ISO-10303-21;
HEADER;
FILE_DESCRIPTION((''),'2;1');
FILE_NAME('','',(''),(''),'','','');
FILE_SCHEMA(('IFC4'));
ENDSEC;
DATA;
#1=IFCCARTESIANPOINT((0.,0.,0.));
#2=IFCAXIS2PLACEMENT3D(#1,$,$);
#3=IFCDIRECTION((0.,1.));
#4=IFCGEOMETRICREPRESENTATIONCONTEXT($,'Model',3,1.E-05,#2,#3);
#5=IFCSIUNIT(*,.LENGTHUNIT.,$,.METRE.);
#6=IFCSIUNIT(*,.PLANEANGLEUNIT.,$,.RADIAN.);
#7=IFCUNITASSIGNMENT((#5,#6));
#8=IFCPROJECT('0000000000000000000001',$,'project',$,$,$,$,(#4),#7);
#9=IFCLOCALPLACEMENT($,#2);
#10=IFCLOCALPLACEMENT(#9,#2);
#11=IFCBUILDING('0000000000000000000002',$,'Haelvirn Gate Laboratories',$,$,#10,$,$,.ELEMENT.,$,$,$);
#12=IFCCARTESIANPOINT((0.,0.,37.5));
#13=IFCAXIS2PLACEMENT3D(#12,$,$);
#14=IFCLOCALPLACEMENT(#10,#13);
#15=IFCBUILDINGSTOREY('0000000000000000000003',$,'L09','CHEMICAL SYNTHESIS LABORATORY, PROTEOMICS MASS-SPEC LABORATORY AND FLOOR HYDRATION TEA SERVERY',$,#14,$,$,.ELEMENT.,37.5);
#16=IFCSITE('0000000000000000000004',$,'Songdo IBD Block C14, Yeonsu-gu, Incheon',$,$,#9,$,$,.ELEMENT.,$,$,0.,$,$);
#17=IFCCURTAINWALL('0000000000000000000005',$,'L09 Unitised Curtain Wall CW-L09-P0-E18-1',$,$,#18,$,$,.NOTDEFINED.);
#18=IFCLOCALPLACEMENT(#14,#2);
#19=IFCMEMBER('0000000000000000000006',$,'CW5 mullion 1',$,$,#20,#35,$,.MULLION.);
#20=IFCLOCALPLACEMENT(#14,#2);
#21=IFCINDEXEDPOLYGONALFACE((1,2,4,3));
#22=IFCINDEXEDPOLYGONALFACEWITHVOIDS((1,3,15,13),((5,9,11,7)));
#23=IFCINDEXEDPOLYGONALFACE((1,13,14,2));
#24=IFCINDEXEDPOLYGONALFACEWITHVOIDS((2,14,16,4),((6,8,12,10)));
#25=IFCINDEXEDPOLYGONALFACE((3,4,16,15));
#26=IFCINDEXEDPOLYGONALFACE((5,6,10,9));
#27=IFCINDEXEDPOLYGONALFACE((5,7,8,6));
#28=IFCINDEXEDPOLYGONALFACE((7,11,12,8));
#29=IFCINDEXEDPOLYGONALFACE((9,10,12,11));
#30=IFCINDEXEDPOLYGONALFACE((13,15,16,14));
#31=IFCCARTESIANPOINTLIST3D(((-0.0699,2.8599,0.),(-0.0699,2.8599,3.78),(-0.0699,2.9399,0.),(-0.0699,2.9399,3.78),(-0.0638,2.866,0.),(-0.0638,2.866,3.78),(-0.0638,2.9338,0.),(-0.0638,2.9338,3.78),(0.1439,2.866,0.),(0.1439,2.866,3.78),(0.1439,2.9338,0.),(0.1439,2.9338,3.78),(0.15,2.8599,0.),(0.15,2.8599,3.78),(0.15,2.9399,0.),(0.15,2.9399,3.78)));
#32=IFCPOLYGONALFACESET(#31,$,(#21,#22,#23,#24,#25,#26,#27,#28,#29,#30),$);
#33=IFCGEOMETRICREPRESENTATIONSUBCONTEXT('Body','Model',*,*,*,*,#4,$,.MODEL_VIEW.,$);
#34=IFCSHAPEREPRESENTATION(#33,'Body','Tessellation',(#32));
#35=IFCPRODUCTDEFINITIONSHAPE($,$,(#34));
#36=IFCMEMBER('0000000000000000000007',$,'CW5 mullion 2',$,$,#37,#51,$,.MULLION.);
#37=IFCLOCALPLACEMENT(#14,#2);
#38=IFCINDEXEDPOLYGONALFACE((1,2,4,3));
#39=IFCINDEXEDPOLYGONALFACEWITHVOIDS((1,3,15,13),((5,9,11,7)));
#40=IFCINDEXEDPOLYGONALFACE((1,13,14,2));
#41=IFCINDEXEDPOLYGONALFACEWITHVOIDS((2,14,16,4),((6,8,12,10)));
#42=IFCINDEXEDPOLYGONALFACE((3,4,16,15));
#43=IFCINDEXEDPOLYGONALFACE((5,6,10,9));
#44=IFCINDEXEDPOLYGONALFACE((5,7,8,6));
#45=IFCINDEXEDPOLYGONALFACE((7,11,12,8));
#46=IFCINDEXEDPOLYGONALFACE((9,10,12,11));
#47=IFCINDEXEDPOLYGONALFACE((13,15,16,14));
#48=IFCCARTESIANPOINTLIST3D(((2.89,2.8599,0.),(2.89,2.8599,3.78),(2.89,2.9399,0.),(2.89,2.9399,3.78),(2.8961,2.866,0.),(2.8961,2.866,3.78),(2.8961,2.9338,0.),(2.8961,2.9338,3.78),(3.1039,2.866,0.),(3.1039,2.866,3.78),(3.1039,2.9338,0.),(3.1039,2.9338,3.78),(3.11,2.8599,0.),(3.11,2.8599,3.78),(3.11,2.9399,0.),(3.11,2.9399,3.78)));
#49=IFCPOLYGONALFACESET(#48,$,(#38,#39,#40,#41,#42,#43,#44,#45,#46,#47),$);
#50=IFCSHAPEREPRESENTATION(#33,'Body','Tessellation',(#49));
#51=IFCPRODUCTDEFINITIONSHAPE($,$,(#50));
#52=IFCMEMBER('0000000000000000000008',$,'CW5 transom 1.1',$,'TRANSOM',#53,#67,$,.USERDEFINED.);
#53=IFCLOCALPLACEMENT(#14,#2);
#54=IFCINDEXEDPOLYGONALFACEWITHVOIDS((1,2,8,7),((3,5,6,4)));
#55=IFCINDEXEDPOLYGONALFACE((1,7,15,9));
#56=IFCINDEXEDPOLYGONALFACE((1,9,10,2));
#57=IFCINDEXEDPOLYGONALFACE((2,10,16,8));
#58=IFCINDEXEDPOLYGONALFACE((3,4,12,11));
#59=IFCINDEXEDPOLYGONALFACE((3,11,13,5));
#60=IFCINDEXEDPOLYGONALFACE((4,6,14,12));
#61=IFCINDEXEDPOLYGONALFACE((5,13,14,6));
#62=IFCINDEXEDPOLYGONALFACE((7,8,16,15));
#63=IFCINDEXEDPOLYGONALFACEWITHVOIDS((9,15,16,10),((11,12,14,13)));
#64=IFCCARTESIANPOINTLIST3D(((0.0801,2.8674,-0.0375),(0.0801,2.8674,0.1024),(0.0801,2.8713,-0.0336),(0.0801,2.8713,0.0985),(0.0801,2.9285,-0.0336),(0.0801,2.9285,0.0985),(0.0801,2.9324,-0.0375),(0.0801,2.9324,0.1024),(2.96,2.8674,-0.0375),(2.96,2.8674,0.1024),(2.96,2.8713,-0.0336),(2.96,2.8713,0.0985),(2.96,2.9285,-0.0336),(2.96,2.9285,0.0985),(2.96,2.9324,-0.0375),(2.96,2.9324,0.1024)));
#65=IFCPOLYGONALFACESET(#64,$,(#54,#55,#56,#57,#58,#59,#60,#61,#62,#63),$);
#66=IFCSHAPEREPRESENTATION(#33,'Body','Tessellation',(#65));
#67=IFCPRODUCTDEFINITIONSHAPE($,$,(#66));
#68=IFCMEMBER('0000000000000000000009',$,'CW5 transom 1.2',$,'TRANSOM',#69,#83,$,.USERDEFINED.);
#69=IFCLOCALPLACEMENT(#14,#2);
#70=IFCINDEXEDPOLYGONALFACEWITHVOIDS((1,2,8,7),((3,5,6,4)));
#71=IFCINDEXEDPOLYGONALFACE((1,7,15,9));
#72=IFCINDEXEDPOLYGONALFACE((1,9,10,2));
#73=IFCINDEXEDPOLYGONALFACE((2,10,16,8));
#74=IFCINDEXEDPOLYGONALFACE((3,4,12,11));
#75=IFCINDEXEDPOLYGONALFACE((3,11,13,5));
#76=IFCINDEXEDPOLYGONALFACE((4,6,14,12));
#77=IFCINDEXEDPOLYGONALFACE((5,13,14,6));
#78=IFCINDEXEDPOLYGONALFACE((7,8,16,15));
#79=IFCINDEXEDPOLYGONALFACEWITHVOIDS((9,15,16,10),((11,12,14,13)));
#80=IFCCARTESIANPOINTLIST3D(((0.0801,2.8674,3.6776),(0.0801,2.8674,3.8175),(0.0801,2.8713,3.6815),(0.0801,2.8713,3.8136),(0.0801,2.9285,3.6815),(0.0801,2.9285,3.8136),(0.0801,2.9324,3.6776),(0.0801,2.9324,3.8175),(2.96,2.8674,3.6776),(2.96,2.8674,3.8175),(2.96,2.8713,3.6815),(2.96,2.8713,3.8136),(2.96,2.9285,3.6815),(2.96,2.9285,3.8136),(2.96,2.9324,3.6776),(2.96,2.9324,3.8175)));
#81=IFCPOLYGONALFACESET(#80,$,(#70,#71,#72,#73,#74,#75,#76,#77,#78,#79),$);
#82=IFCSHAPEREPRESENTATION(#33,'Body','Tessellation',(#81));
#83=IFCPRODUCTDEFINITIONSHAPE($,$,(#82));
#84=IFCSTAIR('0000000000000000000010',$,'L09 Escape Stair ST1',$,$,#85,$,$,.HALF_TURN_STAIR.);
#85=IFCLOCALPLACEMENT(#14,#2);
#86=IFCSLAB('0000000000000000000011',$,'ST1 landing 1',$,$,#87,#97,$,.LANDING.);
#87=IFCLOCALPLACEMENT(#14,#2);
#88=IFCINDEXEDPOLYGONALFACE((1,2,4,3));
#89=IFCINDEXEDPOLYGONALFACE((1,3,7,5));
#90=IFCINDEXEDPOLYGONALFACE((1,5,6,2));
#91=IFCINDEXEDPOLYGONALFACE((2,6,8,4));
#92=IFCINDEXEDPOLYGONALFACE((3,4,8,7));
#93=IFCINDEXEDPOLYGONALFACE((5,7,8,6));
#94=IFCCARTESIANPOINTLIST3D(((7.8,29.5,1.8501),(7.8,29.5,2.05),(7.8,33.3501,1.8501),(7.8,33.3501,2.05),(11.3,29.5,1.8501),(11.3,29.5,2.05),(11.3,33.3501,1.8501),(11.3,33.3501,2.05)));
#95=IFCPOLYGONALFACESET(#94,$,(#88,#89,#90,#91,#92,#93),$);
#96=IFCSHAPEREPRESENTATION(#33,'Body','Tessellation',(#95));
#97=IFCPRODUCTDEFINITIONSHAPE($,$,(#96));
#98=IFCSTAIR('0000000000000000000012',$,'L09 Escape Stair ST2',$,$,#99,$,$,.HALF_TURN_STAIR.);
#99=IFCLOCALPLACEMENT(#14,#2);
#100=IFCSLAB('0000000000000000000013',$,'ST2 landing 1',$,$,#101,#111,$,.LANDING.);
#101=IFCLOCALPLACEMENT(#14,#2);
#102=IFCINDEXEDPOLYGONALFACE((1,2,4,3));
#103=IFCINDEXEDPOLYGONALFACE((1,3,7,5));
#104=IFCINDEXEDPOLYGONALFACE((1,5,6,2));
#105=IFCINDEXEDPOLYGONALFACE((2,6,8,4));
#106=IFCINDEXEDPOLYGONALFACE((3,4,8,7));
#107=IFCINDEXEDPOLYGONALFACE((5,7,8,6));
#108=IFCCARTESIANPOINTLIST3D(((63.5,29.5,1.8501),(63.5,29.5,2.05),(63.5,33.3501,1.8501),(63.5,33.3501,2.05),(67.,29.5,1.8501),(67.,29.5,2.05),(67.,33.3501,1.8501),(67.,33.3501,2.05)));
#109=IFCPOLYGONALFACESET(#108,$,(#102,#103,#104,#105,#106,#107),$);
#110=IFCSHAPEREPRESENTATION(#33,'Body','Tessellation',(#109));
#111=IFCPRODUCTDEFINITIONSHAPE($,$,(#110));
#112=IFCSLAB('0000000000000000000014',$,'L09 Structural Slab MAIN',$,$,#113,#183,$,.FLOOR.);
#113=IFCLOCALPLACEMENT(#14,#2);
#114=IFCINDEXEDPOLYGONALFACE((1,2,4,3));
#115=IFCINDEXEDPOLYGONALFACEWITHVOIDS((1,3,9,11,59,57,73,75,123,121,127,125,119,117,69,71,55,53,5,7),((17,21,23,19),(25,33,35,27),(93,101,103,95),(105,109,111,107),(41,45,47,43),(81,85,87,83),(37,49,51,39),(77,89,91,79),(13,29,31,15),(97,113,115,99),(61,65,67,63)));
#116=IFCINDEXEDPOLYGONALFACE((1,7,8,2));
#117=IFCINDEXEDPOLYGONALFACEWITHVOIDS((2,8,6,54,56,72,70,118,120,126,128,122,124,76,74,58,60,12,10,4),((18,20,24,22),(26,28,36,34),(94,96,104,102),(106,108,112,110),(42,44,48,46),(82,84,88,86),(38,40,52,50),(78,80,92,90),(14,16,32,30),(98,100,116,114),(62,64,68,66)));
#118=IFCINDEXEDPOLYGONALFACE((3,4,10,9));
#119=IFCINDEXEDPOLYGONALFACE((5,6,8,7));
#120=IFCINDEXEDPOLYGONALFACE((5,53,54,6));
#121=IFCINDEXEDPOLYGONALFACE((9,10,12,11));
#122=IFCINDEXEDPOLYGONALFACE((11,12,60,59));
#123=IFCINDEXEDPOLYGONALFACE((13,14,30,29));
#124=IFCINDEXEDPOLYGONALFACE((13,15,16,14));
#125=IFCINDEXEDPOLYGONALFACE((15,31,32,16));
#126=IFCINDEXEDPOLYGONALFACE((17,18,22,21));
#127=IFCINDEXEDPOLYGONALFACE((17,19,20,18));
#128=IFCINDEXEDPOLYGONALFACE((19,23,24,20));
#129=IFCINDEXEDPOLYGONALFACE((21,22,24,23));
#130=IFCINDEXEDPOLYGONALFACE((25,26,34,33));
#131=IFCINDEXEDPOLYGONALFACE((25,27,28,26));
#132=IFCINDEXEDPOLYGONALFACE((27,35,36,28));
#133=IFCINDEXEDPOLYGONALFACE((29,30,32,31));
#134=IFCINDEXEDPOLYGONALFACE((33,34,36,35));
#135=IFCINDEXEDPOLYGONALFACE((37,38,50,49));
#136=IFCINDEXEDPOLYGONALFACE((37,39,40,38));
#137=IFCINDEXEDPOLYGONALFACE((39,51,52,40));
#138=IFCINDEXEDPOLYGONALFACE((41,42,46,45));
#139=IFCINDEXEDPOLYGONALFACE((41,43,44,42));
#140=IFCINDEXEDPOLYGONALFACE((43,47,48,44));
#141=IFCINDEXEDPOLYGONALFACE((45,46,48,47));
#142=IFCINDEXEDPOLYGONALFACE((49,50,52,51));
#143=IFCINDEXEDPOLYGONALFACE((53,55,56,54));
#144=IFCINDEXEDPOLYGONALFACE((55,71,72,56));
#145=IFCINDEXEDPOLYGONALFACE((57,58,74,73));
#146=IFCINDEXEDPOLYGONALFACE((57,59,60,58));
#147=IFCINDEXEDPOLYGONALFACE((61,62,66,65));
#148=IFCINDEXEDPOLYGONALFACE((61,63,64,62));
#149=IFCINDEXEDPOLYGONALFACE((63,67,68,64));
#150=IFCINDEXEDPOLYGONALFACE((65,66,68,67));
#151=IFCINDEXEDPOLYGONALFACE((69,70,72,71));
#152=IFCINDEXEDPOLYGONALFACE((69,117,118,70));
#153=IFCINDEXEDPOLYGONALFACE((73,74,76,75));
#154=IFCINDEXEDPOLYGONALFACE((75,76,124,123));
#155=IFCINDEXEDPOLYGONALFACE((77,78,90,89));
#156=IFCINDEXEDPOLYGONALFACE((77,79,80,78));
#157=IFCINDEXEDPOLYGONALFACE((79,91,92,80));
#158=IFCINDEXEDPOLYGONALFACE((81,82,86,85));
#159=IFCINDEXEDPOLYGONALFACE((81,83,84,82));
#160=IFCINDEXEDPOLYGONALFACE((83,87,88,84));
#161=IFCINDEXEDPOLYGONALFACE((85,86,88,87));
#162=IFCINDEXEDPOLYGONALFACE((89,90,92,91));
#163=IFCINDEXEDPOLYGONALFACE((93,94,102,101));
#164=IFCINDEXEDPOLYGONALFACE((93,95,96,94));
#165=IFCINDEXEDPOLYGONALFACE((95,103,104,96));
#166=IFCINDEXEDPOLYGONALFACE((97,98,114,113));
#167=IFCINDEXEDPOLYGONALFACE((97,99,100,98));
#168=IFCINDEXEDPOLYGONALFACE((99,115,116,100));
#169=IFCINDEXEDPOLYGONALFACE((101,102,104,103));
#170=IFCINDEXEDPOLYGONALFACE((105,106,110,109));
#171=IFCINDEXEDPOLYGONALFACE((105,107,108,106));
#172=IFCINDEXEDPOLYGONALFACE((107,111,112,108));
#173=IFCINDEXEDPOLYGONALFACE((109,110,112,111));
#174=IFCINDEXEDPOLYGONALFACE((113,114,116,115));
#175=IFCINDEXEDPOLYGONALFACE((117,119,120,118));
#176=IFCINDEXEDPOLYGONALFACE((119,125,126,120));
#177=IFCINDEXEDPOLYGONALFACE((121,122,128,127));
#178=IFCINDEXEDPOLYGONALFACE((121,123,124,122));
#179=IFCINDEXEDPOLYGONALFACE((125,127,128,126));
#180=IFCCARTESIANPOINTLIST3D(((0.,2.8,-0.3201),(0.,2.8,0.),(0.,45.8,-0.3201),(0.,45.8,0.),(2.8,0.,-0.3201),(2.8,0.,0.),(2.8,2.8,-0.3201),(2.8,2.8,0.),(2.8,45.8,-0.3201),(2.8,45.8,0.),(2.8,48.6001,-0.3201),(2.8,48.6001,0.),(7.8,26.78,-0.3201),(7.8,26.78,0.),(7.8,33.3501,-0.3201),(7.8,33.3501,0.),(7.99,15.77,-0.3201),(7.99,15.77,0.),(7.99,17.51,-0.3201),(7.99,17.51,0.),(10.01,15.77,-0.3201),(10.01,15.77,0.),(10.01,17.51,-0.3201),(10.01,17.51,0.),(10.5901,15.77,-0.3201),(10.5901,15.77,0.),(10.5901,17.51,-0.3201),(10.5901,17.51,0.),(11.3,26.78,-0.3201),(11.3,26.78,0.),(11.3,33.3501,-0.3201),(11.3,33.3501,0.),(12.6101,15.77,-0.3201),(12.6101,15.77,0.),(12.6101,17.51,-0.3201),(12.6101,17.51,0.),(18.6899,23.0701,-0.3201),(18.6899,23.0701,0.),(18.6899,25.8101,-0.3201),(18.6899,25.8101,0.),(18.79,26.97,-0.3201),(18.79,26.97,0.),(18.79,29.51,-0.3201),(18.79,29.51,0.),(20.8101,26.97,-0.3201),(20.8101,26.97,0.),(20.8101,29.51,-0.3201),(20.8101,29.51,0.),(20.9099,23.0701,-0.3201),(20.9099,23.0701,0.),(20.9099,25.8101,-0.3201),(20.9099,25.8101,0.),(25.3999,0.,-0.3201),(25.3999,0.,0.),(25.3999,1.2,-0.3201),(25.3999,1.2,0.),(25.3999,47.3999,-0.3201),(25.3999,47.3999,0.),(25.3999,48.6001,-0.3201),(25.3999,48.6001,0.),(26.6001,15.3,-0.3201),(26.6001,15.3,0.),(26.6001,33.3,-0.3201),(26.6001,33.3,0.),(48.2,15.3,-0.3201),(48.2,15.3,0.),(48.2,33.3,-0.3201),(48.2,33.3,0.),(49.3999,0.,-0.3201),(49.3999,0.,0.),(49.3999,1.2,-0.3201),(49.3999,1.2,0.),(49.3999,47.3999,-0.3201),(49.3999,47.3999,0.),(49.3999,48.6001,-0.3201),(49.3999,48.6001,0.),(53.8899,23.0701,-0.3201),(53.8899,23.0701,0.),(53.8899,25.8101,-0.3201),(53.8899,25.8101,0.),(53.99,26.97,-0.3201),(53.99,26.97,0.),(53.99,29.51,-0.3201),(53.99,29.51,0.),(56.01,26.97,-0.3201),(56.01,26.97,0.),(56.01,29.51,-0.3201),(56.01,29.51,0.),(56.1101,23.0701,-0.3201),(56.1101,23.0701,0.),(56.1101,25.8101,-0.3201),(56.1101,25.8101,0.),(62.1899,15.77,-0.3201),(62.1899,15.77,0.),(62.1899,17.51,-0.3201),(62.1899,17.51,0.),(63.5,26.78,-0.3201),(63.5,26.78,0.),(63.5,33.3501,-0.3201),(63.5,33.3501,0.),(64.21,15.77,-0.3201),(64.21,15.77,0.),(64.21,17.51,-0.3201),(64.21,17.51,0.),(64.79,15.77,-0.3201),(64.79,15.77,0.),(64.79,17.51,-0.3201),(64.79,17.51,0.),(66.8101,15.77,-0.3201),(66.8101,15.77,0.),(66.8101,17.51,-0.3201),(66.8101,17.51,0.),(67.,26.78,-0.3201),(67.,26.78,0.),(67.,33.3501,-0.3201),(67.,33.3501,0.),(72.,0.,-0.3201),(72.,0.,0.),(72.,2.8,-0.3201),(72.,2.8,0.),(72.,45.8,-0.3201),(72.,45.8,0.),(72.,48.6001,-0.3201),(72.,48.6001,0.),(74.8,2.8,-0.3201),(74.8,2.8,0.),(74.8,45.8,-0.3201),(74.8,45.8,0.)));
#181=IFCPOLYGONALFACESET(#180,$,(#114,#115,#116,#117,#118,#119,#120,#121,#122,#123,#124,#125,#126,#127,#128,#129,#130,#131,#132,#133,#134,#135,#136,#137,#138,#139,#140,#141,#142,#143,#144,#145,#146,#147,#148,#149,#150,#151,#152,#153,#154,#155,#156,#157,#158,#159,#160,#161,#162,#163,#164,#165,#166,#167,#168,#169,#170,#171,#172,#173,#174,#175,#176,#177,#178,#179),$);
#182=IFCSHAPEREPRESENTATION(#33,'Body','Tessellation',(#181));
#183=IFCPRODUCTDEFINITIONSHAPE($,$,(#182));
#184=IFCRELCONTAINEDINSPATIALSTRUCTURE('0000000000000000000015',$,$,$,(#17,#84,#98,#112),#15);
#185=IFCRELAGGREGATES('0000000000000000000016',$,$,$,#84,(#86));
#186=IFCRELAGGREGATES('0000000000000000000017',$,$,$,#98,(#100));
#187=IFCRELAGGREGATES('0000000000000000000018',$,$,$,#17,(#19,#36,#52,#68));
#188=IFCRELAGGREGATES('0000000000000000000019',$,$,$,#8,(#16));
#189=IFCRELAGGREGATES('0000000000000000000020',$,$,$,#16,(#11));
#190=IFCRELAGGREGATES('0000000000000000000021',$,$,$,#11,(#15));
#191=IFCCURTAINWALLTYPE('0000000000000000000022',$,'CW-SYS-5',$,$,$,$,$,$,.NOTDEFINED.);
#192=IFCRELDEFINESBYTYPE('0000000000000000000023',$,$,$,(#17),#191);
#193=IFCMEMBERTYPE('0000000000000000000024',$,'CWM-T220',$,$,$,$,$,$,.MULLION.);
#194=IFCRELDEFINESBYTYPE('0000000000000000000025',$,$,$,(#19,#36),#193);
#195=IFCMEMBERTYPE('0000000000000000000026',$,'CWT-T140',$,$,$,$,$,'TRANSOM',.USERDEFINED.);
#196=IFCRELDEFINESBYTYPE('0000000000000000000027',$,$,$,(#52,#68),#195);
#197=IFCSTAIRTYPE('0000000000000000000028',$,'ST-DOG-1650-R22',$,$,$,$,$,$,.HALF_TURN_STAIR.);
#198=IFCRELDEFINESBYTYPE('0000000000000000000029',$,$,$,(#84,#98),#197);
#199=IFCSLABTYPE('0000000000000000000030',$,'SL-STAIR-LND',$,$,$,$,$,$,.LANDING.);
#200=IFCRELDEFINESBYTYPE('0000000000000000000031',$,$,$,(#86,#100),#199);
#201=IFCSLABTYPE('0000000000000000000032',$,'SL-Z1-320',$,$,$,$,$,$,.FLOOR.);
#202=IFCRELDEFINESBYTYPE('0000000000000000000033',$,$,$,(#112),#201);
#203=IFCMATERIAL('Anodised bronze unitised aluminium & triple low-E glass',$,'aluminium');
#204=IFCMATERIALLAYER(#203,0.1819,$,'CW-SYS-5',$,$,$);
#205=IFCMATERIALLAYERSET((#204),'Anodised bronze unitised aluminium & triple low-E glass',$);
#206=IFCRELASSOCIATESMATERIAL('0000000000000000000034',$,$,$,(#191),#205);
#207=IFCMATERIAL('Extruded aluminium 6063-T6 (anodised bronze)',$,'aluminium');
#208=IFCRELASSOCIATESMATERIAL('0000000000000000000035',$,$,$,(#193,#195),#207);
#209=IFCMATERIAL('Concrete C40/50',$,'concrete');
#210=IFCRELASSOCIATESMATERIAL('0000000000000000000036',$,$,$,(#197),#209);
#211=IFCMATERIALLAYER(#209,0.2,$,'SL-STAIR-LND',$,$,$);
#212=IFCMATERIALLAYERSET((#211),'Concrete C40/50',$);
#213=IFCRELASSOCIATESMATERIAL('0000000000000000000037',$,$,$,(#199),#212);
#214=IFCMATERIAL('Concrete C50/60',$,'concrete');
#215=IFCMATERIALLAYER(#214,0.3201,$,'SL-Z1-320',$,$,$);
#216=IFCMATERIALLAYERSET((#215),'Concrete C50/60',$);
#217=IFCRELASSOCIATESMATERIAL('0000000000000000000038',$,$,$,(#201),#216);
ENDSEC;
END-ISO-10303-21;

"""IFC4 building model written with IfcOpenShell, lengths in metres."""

from ifc_helpers import new_model, si_unit, direction, frame, origin, origin_2d, place, context, subcontext, project, spatial, polyline, hollow_rectangle, outline, extrude, source, transform, mapped, material, layer, layer_set, material_profile, profile_set, type_object, type_shapes, element, aggregate, save


model = new_model("IFC4")

# Units and contexts
model_context = context("Model", 3, precision=1e-05, world=origin(), true_north=direction((0.0, 1.0)))
body_context = subcontext(model_context, "Body", "Model", "MODEL_VIEW")
ifc_project = project(units=[si_unit("LENGTHUNIT", "METRE"), si_unit("PLANEANGLEUNIT", "RADIAN")], contexts=[model_context])

# Site, building, storey
site_placement = place(None, origin())
site = spatial("IfcSite", under=ifc_project, at=site_placement, Name="Songdo IBD Block C14, Yeonsu-gu, Incheon", CompositionType="ELEMENT", RefElevation=0.0)
building_placement = place(site_placement, origin())
building = spatial("IfcBuilding", under=site, at=building_placement, Name="Haelvirn Gate Laboratories", CompositionType="ELEMENT")
storey_placement = place(building_placement, frame((0.0, 0.0, 37.5)))
storey = spatial("IfcBuildingStorey", under=building, at=storey_placement, Name="L09", Description="CHEMICAL SYNTHESIS LABORATORY, PROTEOMICS MASS-SPEC LABORATORY AND FLOOR HYDRATION TEA SERVERY", CompositionType="ELEMENT", Elevation=37.5)

# Shared definitions
ifc_material_1 = material(Name="Anodised bronze unitised aluminium & triple low-E glass", Category="aluminium")
ifc_material_2 = material(Name="Extruded aluminium 6063-T6 (anodised bronze)", Category="aluminium")

# Curtain wall, members
ifc_layer_1 = layer(ifc_material_1, 0.1819, Name="CW-SYS-5")
ifc_layer_set_1 = layer_set([ifc_layer_1], Name="Anodised bronze unitised aluminium & triple low-E glass")
curtain_wall_type_1 = type_object("IfcCurtainWallType", Name="CW-SYS-5", PredefinedType="NOTDEFINED", material=ifc_layer_set_1)
curtain_wall_1_placement = place(storey_placement, origin())
curtain_wall_1 = element("IfcCurtainWall", 1, at=curtain_wall_1_placement, inside=storey, type_object=curtain_wall_type_1, Name="L09 Unitised Curtain Wall CW-L09-P0-E18-1", PredefinedType="NOTDEFINED")
ifc_material_profile_1 = material_profile(ifc_material_2, hollow_rectangle(XDim=0.0801, YDim=0.22, WallThickness=0.0061, at=origin_2d()), Name="CWM-220x80x6")
ifc_profile_set_1 = profile_set([ifc_material_profile_1], Name="Extruded aluminium 6063-T6 (anodised bronze)")
member_type_1 = type_object("IfcMemberType", Name="CWM-T220", PredefinedType="MULLION", material=ifc_profile_set_1)
shared_shape_1 = source(origin(), body_context, "Body", "SweptSolid", [
    extrude(hollow_rectangle(XDim=0.0801, YDim=0.22, WallThickness=0.0061, at=origin_2d()), origin(), (0.0, 0.0, 1.0), 3.78),
])
type_shapes(member_type_1, [shared_shape_1])
member_1_placement = place(storey_placement, frame((0.04, 2.8999, 0.0), z_axis=(0.0, 0.0, 1.0), x_axis=(0.0, 1.0, 0.0)))
member_1 = element("IfcMember", 2, at=member_1_placement, type_object=member_type_1, Name="CW5 mullion 1", PredefinedType="MULLION", context=body_context, shape_type="MappedRepresentation", body=[
    mapped(shared_shape_1, transform((0.0, 0.0, 0.0), scale=1.0)),
])
member_2_placement = place(storey_placement, frame((3.0, 2.8999, 0.0), z_axis=(0.0, 0.0, 1.0), x_axis=(0.0, 1.0, 0.0)))
member_2 = element("IfcMember", 3, at=member_2_placement, type_object=member_type_1, Name="CW5 mullion 2", PredefinedType="MULLION", context=body_context, shape_type="MappedRepresentation", body=[
    mapped(shared_shape_1, transform((0.0, 0.0, 0.0), scale=1.0)),
])
ifc_material_profile_2 = material_profile(ifc_material_2, hollow_rectangle(XDim=0.0649, YDim=0.1399, WallThickness=0.0039, at=origin_2d()), Name="CWT-140x65x4")
ifc_profile_set_2 = profile_set([ifc_material_profile_2], Name="Extruded aluminium 6063-T6 (anodised bronze)")
member_type_2 = type_object("IfcMemberType", Name="CWT-T140", ElementType="TRANSOM", PredefinedType="USERDEFINED", material=ifc_profile_set_2)
shared_shape_2 = source(origin(), body_context, "Body", "SweptSolid", [
    extrude(hollow_rectangle(XDim=0.0649, YDim=0.1399, WallThickness=0.0039, at=origin_2d()), origin(), (0.0, 0.0, 1.0), 2.8799),
])
type_shapes(member_type_2, [shared_shape_2])
member_3_placement = place(storey_placement, frame((0.0801, 2.8999, 0.0325), z_axis=(1.0, 0.0, 0.0), x_axis=(0.0, 1.0, 0.0)))
member_3 = element("IfcMember", 4, at=member_3_placement, type_object=member_type_2, Name="CW5 transom 1.1", ObjectType="TRANSOM", PredefinedType="USERDEFINED", context=body_context, shape_type="MappedRepresentation", body=[
    mapped(shared_shape_2, transform((0.0, 0.0, 0.0), scale=1.0)),
])
member_4_placement = place(storey_placement, frame((0.0801, 2.8999, 3.7476), z_axis=(1.0, 0.0, 0.0), x_axis=(0.0, 1.0, 0.0)))
member_4 = element("IfcMember", 5, at=member_4_placement, type_object=member_type_2, Name="CW5 transom 1.2", ObjectType="TRANSOM", PredefinedType="USERDEFINED", context=body_context, shape_type="MappedRepresentation", body=[
    mapped(shared_shape_2, transform((0.0, 0.0, 0.0), scale=1.0)),
])

# Stairs, slabs
ifc_material_3 = material(Name="Concrete C40/50", Category="concrete")
stair_type = type_object("IfcStairType", Name="ST-DOG-1650-R22", PredefinedType="HALF_TURN_STAIR", material=ifc_material_3)
stair_1_placement = place(storey_placement, origin())
stair_1 = element("IfcStair", 6, at=stair_1_placement, inside=storey, type_object=stair_type, Name="L09 Escape Stair ST1", PredefinedType="HALF_TURN_STAIR")
ifc_layer_2 = layer(ifc_material_3, 0.2, Name="SL-STAIR-LND")
ifc_layer_set_2 = layer_set([ifc_layer_2], Name="Concrete C40/50")
slab_type_1 = type_object("IfcSlabType", Name="SL-STAIR-LND", PredefinedType="LANDING", material=ifc_layer_set_2)
slab_1_placement = place(storey_placement, frame((0.0, 0.0, 1.8501)))
slab_1 = element("IfcSlab", 7, at=slab_1_placement, type_object=slab_type_1, Name="ST1 landing 1", PredefinedType="LANDING", context=body_context, shape_type="SweptSolid", body=[
    extrude(outline(polyline([(11.3, 29.5), (11.3, 33.3501), (7.8, 33.3501), (7.8, 29.5), (11.3, 29.5)])), origin(), (0.0, 0.0, 1.0), 0.2),
])
aggregate(stair_1, [slab_1])
stair_2_placement = place(storey_placement, origin())
stair_2 = element("IfcStair", 8, at=stair_2_placement, inside=storey, type_object=stair_type, Name="L09 Escape Stair ST2", PredefinedType="HALF_TURN_STAIR")
slab_2_placement = place(storey_placement, frame((0.0, 0.0, 1.8501)))
slab_2 = element("IfcSlab", 9, at=slab_2_placement, type_object=slab_type_1, Name="ST2 landing 1", PredefinedType="LANDING", context=body_context, shape_type="SweptSolid", body=[
    extrude(outline(polyline([(67.0, 29.5), (67.0, 33.3501), (63.5, 33.3501), (63.5, 29.5), (67.0, 29.5)])), origin(), (0.0, 0.0, 1.0), 0.2),
])
aggregate(stair_2, [slab_2])

# Slab
ifc_material_4 = material(Name="Concrete C50/60", Category="concrete")
ifc_layer_3 = layer(ifc_material_4, 0.3201, Name="SL-Z1-320")
ifc_layer_set_3 = layer_set([ifc_layer_3], Name="Concrete C50/60")
slab_type_2 = type_object("IfcSlabType", Name="SL-Z1-320", PredefinedType="FLOOR", material=ifc_layer_set_3)
slab_3_placement = place(storey_placement, frame((0.0, 0.0, -0.3201)))
element("IfcSlab", 10, at=slab_3_placement, inside=storey, type_object=slab_type_2, Name="L09 Structural Slab MAIN", PredefinedType="FLOOR", context=body_context, shape_type="SweptSolid", body=[
    extrude(outline(polyline([(2.8, 0.0), (25.3999, 0.0), (25.3999, 1.2), (49.3999, 1.2), (49.3999, 0.0), (72.0, 0.0), (72.0, 2.8), (74.8, 2.8), (74.8, 45.8), (72.0, 45.8), (72.0, 48.6001), (49.3999, 48.6001), (49.3999, 47.3999), (25.3999, 47.3999), (25.3999, 48.6001), (2.8, 48.6001), (2.8, 45.8), (0.0, 45.8), (0.0, 2.8), (2.8, 2.8), (2.8, 0.0)]), holes=[polyline([(26.6001, 15.3), (48.2, 15.3), (48.2, 33.3), (26.6001, 33.3), (26.6001, 15.3)]), polyline([(11.3, 26.78), (11.3, 33.3501), (7.8, 33.3501), (7.8, 26.78), (11.3, 26.78)]), polyline([(67.0, 26.78), (67.0, 33.3501), (63.5, 33.3501), (63.5, 26.78), (67.0, 26.78)]), polyline([(7.99, 15.77), (10.01, 15.77), (10.01, 17.51), (7.99, 17.51), (7.99, 15.77)]), polyline([(10.5901, 15.77), (12.6101, 15.77), (12.6101, 17.51), (10.5901, 17.51), (10.5901, 15.77)]), polyline([(18.79, 26.97), (20.8101, 26.97), (20.8101, 29.51), (18.79, 29.51), (18.79, 26.97)]), polyline([(18.6899, 23.0701), (20.9099, 23.0701), (20.9099, 25.8101), (18.6899, 25.8101), (18.6899, 23.0701)]), polyline([(64.79, 15.77), (66.8101, 15.77), (66.8101, 17.51), (64.79, 17.51), (64.79, 15.77)]), polyline([(62.1899, 15.77), (64.21, 15.77), (64.21, 17.51), (62.1899, 17.51), (62.1899, 15.77)]), polyline([(53.99, 26.97), (56.01, 26.97), (56.01, 29.51), (53.99, 29.51), (53.99, 26.97)]), polyline([(53.8899, 23.0701), (56.1101, 23.0701), (56.1101, 25.8101), (53.8899, 25.8101), (53.8899, 23.0701)])]), origin(), (0.0, 0.0, 1.0), 0.3201),
])

aggregate(curtain_wall_1, [member_1, member_2, member_3, member_4])

save(model, "model.ifc")
